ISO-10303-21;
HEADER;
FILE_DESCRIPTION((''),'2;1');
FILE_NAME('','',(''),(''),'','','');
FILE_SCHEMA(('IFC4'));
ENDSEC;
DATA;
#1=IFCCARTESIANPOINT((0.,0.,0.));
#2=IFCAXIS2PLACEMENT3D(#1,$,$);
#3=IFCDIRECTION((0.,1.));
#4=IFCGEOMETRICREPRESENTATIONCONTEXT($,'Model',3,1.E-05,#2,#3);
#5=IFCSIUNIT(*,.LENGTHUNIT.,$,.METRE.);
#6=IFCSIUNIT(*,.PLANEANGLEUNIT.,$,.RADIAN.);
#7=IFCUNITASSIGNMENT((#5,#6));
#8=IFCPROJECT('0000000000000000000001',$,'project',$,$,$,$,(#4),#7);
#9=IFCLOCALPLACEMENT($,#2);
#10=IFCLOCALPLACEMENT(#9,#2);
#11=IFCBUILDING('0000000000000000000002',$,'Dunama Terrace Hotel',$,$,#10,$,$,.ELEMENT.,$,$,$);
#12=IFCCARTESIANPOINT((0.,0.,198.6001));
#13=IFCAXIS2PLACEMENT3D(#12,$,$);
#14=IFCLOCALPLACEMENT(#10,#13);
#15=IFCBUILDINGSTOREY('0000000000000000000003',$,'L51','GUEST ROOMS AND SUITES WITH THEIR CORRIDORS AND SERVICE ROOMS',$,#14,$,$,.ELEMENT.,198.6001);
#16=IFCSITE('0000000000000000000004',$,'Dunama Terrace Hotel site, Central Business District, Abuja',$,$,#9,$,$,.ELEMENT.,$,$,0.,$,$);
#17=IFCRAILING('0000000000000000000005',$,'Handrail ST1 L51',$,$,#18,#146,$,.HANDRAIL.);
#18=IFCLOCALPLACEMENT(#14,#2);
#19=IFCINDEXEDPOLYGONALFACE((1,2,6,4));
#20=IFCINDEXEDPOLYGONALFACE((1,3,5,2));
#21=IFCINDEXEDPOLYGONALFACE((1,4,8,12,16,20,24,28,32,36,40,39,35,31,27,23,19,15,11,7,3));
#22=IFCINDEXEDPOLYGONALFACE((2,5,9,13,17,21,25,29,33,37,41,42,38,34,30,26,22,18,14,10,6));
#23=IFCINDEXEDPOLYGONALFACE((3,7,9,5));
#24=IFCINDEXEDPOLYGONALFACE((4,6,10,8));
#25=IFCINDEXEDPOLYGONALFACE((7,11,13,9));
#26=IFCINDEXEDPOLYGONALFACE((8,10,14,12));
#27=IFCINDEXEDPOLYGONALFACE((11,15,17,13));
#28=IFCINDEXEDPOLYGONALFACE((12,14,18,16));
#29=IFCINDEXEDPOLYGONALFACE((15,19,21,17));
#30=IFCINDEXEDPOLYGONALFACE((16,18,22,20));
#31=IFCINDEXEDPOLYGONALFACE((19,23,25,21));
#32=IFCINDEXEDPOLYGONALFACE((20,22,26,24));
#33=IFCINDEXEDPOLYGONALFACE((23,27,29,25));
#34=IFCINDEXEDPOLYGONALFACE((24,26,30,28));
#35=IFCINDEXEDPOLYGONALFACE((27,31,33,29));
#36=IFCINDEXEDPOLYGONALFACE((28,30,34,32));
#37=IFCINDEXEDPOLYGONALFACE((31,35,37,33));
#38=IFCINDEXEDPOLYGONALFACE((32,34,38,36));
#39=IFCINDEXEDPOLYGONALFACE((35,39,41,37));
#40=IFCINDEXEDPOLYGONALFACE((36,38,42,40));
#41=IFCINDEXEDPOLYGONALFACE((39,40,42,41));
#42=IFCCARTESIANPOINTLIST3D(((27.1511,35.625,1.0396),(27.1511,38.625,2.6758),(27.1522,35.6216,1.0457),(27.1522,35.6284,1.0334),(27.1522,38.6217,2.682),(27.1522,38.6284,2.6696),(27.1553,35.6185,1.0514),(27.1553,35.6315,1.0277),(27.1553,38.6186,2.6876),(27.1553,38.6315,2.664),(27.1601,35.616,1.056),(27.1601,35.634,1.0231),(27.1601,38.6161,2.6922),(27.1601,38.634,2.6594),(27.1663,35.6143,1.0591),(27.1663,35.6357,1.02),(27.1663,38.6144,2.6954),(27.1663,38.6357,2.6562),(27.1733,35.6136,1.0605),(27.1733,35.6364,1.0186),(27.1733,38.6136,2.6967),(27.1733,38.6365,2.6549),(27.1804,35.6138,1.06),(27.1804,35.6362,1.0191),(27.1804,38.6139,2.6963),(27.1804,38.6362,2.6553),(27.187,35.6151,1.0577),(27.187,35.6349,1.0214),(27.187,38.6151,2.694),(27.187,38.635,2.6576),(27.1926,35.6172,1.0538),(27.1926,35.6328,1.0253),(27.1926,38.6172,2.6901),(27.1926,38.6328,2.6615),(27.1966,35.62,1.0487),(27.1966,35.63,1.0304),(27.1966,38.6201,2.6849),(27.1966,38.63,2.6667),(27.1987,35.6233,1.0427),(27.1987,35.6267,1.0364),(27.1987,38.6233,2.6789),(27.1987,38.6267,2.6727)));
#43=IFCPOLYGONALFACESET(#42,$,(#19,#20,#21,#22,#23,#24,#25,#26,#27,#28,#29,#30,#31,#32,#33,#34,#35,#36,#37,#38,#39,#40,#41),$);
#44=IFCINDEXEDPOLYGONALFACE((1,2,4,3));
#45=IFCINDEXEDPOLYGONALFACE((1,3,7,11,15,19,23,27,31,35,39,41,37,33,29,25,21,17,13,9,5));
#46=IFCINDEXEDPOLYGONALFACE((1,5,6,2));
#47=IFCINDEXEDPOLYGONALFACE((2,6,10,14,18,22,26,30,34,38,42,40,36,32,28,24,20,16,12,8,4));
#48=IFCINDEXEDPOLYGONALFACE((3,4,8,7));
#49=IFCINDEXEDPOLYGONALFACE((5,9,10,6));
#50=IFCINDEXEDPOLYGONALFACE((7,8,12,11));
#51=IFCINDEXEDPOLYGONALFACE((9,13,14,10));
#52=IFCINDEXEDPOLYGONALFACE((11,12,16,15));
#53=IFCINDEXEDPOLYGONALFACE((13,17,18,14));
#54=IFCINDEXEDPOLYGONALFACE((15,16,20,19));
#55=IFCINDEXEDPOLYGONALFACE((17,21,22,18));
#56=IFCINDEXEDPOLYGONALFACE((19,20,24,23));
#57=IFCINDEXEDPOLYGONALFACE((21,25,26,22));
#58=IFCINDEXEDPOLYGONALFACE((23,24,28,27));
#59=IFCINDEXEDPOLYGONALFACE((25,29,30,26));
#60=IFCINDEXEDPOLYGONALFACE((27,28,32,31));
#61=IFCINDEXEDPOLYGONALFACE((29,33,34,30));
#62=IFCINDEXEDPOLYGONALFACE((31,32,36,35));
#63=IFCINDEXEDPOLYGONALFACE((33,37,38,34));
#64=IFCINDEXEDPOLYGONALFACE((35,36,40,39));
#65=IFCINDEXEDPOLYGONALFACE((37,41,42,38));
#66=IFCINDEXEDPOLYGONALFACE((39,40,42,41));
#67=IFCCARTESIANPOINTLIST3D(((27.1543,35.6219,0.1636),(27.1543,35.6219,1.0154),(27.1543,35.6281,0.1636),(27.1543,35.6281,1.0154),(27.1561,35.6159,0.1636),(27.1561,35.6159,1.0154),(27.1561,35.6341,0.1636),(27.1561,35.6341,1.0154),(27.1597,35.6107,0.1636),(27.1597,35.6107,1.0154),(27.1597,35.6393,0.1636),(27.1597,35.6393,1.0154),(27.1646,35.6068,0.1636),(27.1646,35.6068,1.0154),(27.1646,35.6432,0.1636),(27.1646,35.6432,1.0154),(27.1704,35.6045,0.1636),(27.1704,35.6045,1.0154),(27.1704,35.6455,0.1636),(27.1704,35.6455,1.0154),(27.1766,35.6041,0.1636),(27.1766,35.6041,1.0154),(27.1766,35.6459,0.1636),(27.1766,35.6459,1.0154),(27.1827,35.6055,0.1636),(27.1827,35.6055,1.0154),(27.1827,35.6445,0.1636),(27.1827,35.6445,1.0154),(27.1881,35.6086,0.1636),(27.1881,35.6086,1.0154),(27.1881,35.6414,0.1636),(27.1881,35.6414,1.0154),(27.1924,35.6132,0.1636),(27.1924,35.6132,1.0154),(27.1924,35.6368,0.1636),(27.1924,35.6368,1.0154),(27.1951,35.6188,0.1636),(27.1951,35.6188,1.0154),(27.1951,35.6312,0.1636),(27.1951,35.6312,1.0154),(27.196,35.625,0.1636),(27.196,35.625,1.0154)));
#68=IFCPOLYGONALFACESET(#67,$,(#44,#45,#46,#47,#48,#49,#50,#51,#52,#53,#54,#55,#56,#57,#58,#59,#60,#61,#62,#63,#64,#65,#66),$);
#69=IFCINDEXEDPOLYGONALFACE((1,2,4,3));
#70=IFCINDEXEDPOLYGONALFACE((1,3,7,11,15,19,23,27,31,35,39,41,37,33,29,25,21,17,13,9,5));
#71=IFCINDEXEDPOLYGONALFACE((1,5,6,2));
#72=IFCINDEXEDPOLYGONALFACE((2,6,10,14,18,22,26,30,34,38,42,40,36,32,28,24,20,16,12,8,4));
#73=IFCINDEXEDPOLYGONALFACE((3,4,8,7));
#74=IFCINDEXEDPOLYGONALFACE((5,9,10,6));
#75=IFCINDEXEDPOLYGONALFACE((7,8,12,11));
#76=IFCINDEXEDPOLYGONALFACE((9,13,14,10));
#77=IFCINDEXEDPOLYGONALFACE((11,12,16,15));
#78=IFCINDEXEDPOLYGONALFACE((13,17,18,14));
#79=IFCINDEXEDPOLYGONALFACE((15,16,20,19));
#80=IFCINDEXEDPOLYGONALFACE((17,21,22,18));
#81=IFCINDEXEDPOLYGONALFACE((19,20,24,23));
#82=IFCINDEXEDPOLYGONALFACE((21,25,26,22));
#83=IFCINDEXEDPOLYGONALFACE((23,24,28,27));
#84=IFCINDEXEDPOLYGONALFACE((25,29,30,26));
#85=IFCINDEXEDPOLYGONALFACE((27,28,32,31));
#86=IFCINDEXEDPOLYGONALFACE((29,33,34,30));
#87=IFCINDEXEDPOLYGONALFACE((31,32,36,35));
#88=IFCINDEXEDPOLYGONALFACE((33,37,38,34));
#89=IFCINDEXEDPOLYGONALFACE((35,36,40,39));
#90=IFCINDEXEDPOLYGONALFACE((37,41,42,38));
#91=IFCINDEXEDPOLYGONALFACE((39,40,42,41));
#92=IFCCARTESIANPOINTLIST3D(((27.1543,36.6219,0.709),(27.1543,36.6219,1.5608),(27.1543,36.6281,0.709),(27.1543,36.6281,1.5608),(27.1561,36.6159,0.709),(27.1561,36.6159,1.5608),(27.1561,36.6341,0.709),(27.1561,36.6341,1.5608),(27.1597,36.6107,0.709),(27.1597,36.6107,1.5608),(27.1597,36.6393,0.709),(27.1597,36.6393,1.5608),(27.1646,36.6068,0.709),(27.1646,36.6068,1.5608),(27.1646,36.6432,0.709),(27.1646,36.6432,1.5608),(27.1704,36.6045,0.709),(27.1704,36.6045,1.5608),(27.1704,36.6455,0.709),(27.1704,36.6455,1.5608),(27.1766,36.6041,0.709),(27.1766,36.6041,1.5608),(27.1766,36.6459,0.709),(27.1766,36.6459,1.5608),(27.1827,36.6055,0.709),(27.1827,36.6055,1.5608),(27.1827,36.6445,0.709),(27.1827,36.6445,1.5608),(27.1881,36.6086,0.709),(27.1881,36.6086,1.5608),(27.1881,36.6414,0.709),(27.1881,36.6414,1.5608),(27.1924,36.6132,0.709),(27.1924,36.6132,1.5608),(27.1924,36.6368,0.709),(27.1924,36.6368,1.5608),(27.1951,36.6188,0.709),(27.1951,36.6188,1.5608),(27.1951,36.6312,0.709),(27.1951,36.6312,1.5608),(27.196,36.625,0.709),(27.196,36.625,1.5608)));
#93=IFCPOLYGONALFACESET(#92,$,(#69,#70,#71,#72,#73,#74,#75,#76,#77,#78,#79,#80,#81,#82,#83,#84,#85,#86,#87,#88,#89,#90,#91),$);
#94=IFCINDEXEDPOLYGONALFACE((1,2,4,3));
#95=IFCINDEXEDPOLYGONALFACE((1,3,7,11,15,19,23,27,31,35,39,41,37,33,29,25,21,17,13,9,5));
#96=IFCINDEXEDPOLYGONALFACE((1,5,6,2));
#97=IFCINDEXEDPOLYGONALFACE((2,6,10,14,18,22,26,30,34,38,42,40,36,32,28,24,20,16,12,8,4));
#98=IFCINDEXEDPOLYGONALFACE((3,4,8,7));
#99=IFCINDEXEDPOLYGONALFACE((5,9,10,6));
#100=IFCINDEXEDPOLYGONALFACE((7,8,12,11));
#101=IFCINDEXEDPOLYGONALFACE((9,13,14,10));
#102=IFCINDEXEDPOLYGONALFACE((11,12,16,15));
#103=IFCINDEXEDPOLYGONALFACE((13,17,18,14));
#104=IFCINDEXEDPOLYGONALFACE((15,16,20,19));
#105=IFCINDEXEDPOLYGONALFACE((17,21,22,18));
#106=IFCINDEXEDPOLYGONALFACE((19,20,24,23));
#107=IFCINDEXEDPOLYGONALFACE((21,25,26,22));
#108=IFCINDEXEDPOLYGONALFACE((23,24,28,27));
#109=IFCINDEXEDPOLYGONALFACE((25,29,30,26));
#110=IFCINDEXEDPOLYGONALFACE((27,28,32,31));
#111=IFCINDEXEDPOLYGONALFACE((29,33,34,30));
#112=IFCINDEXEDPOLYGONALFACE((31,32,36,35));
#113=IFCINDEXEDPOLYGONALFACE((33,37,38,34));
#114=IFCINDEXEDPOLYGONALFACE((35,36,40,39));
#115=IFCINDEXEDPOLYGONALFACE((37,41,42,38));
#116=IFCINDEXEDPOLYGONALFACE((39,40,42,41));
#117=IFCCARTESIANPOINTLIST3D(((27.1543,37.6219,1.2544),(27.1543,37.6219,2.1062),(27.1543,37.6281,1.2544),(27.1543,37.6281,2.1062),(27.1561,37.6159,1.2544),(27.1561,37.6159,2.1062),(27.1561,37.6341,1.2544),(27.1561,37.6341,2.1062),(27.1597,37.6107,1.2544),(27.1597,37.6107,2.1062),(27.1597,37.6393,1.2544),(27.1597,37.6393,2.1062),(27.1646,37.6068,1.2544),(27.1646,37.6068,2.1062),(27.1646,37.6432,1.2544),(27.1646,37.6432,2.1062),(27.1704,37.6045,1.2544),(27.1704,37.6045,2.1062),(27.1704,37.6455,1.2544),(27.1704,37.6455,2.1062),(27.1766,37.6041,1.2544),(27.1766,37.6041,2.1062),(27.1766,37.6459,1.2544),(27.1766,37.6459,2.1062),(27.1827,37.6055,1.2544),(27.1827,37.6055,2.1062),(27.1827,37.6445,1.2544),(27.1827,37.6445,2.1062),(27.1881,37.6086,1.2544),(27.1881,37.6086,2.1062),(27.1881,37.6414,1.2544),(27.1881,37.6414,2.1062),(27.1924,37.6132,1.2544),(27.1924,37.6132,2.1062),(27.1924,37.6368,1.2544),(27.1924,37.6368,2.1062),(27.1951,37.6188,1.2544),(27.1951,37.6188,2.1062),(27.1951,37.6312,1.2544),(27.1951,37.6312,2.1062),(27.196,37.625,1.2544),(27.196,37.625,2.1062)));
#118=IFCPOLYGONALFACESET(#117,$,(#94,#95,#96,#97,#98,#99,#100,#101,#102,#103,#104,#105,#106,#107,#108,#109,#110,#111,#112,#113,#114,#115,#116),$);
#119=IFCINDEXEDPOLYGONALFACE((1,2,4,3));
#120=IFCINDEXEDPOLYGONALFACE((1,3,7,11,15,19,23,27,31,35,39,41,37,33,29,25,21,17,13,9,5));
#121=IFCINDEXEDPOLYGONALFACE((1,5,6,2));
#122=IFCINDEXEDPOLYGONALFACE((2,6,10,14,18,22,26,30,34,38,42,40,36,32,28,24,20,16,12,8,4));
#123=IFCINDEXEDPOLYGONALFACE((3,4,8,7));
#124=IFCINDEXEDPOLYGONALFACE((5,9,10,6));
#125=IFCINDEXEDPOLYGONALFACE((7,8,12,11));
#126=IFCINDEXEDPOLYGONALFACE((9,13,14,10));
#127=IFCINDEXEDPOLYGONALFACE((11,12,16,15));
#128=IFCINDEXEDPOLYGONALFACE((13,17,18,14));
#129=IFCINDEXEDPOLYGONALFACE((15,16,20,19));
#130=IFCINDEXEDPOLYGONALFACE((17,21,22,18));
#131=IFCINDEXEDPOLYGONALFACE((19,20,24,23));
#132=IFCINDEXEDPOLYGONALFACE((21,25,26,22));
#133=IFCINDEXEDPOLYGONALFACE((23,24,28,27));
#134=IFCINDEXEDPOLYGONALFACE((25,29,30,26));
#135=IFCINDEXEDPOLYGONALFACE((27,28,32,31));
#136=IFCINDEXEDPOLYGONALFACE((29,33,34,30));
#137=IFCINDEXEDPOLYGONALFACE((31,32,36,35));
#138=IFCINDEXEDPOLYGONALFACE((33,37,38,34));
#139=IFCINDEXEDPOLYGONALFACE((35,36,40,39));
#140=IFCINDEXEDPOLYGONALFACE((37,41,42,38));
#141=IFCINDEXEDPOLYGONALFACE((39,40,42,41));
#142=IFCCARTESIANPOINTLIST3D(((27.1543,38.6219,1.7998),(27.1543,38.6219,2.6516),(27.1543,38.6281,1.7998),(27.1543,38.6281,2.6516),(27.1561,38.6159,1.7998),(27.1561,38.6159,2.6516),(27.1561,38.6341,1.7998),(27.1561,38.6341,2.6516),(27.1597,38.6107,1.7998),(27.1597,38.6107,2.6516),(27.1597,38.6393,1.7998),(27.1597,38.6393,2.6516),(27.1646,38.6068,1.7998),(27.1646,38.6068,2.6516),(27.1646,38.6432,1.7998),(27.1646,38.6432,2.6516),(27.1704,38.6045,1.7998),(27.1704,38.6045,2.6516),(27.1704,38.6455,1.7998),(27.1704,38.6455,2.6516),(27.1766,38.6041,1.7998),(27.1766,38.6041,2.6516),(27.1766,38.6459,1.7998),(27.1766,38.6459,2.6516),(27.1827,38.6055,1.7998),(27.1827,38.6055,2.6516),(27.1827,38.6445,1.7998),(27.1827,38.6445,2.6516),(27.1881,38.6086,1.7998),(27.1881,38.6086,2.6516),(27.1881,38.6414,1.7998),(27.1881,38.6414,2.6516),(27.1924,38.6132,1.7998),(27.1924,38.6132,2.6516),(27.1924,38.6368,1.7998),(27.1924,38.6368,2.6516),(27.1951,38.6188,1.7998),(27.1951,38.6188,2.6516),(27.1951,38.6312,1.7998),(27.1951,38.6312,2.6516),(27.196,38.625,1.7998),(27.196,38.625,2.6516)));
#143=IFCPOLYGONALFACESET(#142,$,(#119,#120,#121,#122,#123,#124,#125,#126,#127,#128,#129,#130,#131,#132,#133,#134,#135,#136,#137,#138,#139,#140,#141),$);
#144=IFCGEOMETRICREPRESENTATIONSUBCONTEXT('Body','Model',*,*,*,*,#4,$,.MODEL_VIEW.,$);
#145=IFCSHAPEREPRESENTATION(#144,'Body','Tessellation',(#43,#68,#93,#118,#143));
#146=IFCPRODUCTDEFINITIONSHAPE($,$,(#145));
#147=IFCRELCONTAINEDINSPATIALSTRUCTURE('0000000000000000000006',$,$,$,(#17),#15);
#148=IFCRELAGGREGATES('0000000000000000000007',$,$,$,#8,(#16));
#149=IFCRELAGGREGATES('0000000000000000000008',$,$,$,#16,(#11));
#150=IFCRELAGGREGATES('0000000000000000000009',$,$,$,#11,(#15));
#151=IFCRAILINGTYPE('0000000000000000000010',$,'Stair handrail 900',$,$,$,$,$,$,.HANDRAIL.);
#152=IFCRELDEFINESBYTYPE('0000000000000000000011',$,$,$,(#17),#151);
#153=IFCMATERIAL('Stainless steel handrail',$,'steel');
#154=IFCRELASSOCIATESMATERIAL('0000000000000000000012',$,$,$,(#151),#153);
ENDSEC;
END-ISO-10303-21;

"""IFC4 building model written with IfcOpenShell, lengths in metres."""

from ifc_helpers import new_model, si_unit, direction, frame, origin, origin_2d, place, context, subcontext, project, spatial, circle, extrude, material, type_object, element, save


model = new_model("IFC4")

# Units and contexts
model_context = context("Model", 3, precision=1e-05, world=origin(), true_north=direction((0.0, 1.0)))
body_context = subcontext(model_context, "Body", "Model", "MODEL_VIEW")
ifc_project = project(units=[si_unit("LENGTHUNIT", "METRE"), si_unit("PLANEANGLEUNIT", "RADIAN")], contexts=[model_context])

# Site, building, storey
site_placement = place(None, origin())
site = spatial("IfcSite", under=ifc_project, at=site_placement, Name="Dunama Terrace Hotel site, Central Business District, Abuja", CompositionType="ELEMENT", RefElevation=0.0)
building_placement = place(site_placement, origin())
building = spatial("IfcBuilding", under=site, at=building_placement, Name="Dunama Terrace Hotel", CompositionType="ELEMENT")
storey_placement = place(building_placement, frame((0.0, 0.0, 198.6001)))
storey = spatial("IfcBuildingStorey", under=building, at=storey_placement, Name="L51", Description="GUEST ROOMS AND SUITES WITH THEIR CORRIDORS AND SERVICE ROOMS", CompositionType="ELEMENT", Elevation=198.6001)

# Railing
ifc_material_1 = material(Name="Stainless steel handrail", Category="steel")
railing_type = type_object("IfcRailingType", Name="Stair handrail 900", PredefinedType="HANDRAIL", material=ifc_material_1)
railing_placement = place(storey_placement, frame((27.175, 35.625, 0.1636)))
element("IfcRailing", 1, at=railing_placement, inside=storey, type_object=railing_type, Name="Handrail ST1 L51", PredefinedType="HANDRAIL", context=body_context, shape_type="SweptSolid", body=[
    extrude(circle(Radius=0.0239, at=origin_2d()), frame((0.0, 0.0, 0.876), z_axis=(0.0, 0.877912, 0.478822), x_axis=(-1.0, 0.0, 0.0)), (0.0, 0.0, 1.0), 3.4172),
    extrude(circle(Radius=0.021, at=origin_2d()), origin(), (0.0, 0.0, 1.0), 0.8518),
    extrude(circle(Radius=0.021, at=origin_2d()), frame((0.0, 1.0, 0.5454)), (0.0, 0.0, 1.0), 0.8518),
    extrude(circle(Radius=0.021, at=origin_2d()), frame((0.0, 2.0, 1.0908)), (0.0, 0.0, 1.0), 0.8518),
    extrude(circle(Radius=0.021, at=origin_2d()), frame((0.0, 3.0, 1.6362)), (0.0, 0.0, 1.0), 0.8518),
])

save(model, "model.ifc")
